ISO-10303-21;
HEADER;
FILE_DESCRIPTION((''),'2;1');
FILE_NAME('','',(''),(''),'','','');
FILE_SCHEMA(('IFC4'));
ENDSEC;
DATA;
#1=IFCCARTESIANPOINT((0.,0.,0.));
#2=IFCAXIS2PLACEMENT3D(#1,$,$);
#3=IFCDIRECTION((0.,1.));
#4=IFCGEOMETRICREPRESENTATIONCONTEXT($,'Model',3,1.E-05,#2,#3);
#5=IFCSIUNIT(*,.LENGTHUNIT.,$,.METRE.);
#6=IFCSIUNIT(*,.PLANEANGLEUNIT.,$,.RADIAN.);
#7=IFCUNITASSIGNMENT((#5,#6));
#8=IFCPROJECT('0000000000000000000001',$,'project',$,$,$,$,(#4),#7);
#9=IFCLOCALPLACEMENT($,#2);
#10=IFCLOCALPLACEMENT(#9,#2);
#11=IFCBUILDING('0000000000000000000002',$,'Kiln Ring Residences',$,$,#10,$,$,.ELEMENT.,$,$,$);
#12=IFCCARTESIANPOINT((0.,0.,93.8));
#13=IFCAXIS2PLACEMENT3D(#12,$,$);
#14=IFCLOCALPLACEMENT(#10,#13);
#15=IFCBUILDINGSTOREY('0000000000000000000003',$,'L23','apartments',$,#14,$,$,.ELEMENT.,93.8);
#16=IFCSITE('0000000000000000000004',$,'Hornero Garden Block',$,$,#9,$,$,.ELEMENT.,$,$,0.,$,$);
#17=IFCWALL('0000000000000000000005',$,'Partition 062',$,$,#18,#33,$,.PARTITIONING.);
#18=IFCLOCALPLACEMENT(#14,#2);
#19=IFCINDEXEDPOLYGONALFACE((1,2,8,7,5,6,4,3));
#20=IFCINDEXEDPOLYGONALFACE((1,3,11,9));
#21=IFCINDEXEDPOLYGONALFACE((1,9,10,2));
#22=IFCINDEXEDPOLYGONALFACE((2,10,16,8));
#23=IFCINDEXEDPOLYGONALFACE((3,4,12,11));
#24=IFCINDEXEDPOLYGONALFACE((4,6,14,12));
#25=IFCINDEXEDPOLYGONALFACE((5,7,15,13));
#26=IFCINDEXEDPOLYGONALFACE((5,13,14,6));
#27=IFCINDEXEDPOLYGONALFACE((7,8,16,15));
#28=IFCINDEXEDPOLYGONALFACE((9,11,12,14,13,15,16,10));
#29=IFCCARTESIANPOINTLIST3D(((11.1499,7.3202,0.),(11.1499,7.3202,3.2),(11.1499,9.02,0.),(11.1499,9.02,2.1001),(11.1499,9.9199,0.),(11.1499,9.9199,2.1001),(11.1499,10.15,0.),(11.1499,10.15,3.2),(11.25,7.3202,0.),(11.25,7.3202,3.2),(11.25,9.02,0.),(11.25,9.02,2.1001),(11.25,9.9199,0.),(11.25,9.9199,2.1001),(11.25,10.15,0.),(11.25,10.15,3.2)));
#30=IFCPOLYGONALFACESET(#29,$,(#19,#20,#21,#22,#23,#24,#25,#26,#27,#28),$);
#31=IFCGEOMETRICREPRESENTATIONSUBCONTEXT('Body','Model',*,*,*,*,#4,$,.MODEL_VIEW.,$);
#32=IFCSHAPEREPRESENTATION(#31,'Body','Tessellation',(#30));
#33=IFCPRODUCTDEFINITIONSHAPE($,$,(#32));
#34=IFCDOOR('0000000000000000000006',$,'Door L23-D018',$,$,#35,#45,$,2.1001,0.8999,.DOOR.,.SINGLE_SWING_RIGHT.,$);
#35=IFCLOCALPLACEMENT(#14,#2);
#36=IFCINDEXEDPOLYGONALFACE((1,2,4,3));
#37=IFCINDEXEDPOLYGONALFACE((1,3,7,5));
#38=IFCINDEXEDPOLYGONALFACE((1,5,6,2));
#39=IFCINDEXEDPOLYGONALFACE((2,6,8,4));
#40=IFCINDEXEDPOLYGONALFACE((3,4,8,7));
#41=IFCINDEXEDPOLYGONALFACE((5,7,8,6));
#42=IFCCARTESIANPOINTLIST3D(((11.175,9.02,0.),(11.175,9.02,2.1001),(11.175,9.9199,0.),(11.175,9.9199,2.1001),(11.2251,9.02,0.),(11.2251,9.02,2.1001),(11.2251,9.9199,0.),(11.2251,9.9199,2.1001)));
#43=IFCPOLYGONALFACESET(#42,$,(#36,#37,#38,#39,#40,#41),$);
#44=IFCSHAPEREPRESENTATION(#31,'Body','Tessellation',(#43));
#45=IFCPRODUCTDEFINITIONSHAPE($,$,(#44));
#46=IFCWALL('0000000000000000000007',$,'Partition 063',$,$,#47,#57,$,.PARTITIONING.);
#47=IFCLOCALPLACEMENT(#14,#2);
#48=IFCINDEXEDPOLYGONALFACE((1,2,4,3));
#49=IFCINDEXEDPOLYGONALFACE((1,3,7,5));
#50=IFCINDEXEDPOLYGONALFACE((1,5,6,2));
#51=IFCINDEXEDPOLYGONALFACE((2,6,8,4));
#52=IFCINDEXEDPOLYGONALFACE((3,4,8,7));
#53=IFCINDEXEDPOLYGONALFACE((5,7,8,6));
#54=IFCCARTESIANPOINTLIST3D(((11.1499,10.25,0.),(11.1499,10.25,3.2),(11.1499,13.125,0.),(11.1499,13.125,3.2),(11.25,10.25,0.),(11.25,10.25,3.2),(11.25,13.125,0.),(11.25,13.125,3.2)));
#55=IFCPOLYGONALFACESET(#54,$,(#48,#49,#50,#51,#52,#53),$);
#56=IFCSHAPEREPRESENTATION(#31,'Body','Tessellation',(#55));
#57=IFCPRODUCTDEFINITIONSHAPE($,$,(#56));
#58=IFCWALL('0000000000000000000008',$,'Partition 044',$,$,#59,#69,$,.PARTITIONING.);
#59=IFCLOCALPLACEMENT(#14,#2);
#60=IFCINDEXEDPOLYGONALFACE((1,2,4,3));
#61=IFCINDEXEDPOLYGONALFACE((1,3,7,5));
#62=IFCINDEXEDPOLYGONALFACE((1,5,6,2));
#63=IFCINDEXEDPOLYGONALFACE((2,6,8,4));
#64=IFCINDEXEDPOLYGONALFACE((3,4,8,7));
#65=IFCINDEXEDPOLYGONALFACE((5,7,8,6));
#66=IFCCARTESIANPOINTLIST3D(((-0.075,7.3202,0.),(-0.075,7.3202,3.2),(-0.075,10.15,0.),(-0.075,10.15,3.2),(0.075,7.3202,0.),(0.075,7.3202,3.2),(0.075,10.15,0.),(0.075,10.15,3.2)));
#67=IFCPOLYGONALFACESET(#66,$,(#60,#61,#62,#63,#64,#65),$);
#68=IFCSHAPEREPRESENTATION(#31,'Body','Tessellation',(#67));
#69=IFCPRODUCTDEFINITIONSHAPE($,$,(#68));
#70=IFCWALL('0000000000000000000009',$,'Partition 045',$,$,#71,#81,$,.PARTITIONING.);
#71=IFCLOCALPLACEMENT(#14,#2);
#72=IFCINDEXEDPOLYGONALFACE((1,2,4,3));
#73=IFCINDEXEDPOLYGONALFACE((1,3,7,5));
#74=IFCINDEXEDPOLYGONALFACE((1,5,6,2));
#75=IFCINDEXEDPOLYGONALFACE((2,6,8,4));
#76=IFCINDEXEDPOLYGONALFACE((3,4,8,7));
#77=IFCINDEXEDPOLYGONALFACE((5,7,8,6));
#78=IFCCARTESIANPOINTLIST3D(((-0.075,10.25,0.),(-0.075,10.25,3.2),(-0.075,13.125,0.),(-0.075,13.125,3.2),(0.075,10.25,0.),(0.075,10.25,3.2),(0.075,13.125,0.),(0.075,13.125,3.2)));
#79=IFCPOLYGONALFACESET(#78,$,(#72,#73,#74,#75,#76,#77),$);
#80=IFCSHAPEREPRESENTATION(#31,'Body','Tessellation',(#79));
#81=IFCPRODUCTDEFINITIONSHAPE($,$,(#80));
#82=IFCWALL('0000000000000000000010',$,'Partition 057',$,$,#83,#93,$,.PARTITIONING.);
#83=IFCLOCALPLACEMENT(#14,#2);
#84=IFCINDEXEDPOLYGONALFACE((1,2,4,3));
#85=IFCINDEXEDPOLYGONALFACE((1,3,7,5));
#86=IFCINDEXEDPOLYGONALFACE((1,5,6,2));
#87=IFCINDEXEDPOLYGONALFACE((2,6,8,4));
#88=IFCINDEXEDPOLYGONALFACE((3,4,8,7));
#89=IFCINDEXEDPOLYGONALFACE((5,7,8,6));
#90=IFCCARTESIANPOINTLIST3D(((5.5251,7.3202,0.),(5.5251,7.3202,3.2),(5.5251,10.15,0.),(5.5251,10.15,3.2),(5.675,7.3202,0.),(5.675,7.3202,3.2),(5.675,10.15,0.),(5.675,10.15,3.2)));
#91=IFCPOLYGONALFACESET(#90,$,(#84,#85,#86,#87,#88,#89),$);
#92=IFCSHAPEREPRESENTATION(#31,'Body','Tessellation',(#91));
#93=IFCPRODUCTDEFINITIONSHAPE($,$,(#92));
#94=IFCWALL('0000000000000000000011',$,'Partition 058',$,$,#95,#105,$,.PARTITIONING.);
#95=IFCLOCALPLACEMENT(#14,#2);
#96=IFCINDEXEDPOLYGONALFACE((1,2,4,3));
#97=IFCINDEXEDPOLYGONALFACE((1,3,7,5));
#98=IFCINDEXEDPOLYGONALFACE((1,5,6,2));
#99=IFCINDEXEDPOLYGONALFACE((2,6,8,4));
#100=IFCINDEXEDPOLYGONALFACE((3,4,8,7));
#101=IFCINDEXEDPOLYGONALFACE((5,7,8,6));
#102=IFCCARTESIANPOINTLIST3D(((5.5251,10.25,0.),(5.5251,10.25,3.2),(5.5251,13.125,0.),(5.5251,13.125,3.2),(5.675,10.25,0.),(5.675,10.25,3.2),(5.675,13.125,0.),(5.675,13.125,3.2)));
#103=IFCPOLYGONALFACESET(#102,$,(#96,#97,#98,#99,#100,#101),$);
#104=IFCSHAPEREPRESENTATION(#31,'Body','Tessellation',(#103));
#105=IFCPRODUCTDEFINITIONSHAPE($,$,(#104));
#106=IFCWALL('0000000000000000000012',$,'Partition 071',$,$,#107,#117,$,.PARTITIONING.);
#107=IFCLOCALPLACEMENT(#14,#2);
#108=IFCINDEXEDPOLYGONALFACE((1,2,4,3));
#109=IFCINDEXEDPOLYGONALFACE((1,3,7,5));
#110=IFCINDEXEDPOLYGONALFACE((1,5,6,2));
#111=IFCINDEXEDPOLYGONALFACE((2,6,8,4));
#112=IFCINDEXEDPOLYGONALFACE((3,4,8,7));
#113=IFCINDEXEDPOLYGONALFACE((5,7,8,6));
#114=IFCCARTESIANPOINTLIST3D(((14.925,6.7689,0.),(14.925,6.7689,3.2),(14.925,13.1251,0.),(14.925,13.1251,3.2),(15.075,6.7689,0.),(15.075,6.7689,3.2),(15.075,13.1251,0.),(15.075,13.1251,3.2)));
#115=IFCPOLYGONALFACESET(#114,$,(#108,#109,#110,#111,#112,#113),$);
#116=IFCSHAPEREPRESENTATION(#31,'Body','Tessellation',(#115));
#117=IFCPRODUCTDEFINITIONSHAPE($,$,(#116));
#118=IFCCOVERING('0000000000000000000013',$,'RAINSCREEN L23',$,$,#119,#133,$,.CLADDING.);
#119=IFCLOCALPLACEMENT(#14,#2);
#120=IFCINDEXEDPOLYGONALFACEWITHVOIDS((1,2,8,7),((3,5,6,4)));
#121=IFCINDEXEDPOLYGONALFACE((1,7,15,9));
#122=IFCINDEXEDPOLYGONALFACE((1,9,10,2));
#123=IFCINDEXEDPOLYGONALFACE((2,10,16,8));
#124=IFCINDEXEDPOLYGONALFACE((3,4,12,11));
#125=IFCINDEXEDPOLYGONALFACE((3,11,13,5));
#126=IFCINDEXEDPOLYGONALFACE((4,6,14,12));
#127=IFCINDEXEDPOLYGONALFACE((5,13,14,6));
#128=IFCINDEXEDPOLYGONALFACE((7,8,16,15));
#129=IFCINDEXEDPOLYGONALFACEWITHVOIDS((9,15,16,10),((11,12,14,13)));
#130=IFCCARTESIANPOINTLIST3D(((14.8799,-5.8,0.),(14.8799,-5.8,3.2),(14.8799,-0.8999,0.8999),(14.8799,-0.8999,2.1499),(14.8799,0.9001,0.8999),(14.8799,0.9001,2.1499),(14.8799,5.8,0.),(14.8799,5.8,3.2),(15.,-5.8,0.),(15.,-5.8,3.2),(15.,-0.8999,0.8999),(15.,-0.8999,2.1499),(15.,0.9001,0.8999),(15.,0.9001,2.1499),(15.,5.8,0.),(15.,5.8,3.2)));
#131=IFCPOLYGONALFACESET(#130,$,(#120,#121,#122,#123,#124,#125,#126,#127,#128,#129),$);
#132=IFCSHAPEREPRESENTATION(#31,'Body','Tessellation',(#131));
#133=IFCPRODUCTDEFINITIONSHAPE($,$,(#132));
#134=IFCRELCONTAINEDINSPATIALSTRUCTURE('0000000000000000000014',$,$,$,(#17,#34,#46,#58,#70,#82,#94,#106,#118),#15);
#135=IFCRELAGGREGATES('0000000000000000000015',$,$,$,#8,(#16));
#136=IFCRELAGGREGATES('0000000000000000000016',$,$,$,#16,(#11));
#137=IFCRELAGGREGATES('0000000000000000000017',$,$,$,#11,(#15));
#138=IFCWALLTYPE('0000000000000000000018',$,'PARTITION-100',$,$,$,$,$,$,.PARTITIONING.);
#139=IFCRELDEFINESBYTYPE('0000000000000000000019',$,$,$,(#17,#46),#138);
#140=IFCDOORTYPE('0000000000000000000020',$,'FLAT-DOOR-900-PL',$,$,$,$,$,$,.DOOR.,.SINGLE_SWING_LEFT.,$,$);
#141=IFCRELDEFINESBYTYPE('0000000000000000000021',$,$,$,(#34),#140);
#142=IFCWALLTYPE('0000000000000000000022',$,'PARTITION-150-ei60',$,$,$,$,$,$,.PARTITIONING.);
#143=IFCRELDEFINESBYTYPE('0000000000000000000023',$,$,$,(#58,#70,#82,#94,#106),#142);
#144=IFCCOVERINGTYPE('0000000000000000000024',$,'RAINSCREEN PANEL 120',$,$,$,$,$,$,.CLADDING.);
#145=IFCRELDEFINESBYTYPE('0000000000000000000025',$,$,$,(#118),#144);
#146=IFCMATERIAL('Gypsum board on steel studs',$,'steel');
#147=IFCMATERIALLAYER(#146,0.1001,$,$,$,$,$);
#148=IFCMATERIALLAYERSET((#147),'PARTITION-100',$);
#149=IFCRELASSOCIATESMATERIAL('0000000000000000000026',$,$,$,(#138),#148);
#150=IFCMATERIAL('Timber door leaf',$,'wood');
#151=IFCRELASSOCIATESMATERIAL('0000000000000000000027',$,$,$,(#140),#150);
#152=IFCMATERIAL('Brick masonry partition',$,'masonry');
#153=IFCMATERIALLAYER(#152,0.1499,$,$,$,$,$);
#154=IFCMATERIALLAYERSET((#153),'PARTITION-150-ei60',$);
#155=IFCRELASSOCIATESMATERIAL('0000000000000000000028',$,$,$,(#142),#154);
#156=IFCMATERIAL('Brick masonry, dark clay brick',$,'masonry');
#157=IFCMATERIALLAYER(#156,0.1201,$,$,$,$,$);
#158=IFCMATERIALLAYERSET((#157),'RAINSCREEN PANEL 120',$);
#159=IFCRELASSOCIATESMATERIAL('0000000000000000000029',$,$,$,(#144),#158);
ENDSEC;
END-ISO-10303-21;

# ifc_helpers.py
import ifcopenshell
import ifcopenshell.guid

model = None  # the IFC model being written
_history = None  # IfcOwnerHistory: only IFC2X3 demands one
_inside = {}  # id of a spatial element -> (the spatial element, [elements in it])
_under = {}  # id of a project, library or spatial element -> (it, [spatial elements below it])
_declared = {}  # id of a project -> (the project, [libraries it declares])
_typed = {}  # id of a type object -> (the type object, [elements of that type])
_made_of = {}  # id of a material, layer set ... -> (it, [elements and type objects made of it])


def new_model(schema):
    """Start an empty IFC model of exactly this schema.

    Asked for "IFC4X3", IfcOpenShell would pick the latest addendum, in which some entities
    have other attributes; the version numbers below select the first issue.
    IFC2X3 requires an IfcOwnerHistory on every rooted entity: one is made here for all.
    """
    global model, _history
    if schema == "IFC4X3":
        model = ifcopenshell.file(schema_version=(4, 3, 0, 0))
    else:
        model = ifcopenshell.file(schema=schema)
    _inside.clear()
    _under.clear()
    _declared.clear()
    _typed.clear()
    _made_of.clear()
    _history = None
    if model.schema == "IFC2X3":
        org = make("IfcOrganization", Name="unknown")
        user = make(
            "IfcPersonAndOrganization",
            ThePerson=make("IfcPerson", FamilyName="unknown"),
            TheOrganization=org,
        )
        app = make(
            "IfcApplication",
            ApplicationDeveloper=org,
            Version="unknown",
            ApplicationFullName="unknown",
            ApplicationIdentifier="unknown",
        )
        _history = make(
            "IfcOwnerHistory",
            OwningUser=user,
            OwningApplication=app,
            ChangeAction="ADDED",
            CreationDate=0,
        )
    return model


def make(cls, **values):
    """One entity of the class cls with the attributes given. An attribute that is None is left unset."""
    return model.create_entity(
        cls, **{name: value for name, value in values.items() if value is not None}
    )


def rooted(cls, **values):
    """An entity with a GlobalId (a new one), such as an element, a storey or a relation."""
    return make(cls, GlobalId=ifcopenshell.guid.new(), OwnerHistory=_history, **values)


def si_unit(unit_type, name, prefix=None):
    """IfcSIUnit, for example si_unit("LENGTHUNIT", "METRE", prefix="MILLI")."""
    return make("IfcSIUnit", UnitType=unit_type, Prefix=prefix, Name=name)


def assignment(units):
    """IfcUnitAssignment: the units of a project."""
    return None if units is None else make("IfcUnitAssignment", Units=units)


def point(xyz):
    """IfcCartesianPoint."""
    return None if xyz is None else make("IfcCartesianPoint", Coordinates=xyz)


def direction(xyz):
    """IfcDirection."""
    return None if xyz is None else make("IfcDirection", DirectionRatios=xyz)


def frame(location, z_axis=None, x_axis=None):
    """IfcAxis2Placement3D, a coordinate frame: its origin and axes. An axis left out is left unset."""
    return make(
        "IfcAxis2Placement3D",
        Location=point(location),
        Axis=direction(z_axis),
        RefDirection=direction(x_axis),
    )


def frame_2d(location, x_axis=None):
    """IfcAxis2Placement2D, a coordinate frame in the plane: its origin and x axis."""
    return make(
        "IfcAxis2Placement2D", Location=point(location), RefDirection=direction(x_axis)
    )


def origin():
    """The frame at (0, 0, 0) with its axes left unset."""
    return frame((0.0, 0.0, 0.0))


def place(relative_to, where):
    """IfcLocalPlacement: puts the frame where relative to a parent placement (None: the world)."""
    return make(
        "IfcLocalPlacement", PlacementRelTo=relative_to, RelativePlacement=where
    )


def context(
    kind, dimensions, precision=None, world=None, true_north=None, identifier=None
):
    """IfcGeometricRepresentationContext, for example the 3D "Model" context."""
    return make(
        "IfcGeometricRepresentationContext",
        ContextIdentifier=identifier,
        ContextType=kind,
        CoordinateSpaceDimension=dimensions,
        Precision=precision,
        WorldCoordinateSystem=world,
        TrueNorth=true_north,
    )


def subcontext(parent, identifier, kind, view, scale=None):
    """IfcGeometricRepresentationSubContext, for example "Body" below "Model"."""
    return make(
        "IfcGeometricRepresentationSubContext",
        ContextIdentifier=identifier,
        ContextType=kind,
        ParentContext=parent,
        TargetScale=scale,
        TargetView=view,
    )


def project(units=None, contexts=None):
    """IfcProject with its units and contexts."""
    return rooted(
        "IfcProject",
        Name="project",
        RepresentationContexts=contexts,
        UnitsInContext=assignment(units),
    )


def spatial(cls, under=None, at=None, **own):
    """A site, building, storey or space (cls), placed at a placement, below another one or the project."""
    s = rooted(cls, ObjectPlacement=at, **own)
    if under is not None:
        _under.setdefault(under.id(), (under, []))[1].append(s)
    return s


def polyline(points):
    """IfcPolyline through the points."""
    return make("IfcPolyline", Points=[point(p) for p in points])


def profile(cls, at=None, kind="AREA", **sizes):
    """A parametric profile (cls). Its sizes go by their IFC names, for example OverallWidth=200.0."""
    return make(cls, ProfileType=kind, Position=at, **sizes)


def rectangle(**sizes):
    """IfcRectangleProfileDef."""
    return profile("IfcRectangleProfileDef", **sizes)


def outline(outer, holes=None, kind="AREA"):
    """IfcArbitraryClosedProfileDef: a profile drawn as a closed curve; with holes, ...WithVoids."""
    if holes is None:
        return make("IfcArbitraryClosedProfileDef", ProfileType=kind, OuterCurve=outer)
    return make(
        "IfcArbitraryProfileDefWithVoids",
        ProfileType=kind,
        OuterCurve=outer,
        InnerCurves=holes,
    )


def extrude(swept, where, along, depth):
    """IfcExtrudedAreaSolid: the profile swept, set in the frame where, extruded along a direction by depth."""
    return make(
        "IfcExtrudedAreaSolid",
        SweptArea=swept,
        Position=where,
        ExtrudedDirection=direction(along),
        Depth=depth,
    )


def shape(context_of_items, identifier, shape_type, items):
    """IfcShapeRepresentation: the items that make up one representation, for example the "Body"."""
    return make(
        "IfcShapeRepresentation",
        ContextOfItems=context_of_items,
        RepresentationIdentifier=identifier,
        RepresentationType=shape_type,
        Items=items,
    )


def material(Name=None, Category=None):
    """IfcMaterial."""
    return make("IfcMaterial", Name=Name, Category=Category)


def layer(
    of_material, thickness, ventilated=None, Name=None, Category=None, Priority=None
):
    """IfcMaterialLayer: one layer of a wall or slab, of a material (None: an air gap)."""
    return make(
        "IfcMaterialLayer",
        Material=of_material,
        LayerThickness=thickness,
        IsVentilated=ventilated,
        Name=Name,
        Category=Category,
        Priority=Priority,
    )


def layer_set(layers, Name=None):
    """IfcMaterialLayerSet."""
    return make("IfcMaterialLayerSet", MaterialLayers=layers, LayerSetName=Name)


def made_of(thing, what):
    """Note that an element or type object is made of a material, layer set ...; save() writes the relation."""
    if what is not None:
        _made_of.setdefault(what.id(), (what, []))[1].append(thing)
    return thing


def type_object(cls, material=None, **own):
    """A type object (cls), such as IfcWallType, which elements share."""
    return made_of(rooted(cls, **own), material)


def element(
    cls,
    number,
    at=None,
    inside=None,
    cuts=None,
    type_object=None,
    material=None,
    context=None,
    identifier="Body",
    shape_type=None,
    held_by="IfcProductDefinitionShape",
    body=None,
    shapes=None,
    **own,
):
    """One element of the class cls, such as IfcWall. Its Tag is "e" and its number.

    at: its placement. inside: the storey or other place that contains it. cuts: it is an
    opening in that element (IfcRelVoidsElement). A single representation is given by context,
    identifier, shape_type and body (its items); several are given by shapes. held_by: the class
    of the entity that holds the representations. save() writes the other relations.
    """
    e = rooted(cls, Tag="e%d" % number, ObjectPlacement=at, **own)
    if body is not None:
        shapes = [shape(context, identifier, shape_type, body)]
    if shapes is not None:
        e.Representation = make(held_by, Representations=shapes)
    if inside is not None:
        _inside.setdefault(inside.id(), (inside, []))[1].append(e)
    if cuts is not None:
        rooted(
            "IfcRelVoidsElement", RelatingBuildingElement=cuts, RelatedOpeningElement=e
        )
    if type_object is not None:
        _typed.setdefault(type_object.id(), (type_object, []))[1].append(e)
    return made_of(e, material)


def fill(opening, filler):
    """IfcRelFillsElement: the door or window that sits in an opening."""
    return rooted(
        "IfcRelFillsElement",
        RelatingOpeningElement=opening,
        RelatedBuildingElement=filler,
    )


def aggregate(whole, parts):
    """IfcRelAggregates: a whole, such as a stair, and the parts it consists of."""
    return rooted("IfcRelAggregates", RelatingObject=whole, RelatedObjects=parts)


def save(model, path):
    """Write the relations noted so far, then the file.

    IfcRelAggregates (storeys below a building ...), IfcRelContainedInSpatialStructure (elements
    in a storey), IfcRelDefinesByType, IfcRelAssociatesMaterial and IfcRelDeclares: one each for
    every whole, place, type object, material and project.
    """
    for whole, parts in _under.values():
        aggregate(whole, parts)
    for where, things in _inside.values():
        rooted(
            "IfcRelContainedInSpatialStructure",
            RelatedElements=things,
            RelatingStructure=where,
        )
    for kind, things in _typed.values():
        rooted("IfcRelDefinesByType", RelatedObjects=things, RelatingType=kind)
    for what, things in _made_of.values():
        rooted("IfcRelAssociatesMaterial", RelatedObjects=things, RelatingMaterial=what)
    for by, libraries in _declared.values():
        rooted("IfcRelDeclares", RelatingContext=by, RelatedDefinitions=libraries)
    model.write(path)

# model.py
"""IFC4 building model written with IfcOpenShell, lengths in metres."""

from ifc_helpers import new_model, si_unit, direction, frame, frame_2d, origin, place, context, subcontext, project, spatial, polyline, rectangle, outline, extrude, material, layer, layer_set, type_object, element, fill, save


model = new_model("IFC4")

# Units and contexts
model_context = context("Model", 3, precision=1e-05, world=origin(), true_north=direction((0.0, 1.0)))
body_context = subcontext(model_context, "Body", "Model", "MODEL_VIEW")
ifc_project = project(units=[si_unit("LENGTHUNIT", "METRE"), si_unit("PLANEANGLEUNIT", "RADIAN")], contexts=[model_context])

# Site, building, storey
site_placement = place(None, origin())
site = spatial("IfcSite", under=ifc_project, at=site_placement, Name="Hornero Garden Block", CompositionType="ELEMENT", RefElevation=0.0)
building_placement = place(site_placement, origin())
building = spatial("IfcBuilding", under=site, at=building_placement, Name="Kiln Ring Residences", CompositionType="ELEMENT")
storey_placement = place(building_placement, frame((0.0, 0.0, 93.8)))
storey = spatial("IfcBuildingStorey", under=building, at=storey_placement, Name="L23", Description="apartments", CompositionType="ELEMENT", Elevation=93.8)

# Shared definitions
ifc_material_1 = material(Name="Gypsum board on steel studs", Category="steel")
ifc_layer_1 = layer(ifc_material_1, 0.1001)
ifc_layer_set_1 = layer_set([ifc_layer_1], Name="PARTITION-100")
wall_type_1 = type_object("IfcWallType", Name="PARTITION-100", PredefinedType="PARTITIONING", material=ifc_layer_set_1)

# Wall, opening, door
wall_1_placement = place(storey_placement, frame((11.2, 7.3201, 0.0), z_axis=(0.0, 0.0, 1.0), x_axis=(0.0, 1.0, 0.0)))
wall_1 = element("IfcWall", 1, at=wall_1_placement, inside=storey, type_object=wall_type_1, Name="Partition 062", PredefinedType="PARTITIONING", context=body_context, shape_type="SweptSolid", body=[
    extrude(rectangle(XDim=2.8298, YDim=0.1001, at=frame_2d((1.415, 0.0))), origin(), (0.0, 0.0, 1.0), 3.2),
])
opening_placement = place(wall_1_placement, frame((1.7, 0.0, 0.0)))
opening = element("IfcOpeningElement", 2, at=opening_placement, cuts=wall_1, PredefinedType="OPENING", context=body_context, shape_type="SweptSolid", body=[
    extrude(rectangle(XDim=0.8999, YDim=2.1001, at=frame_2d((0.45, 1.05))), frame((0.0, 0.0601, 0.0), z_axis=(0.0, -1.0, 0.0), x_axis=(1.0, 0.0, 0.0)), (0.0, 0.0, 1.0), 0.1201),
])
ifc_material_2 = material(Name="Timber door leaf", Category="wood")
door_type = type_object("IfcDoorType", Name="FLAT-DOOR-900-PL", OperationType="SINGLE_SWING_LEFT", PredefinedType="DOOR", material=ifc_material_2)
door_placement = place(opening_placement, origin())
door = element("IfcDoor", 3, at=door_placement, inside=storey, type_object=door_type, Name="Door L23-D018", OperationType="SINGLE_SWING_RIGHT", OverallHeight=2.1001, OverallWidth=0.8999, PredefinedType="DOOR", context=body_context, shape_type="SweptSolid", body=[
    extrude(rectangle(XDim=0.8999, YDim=2.1001, at=frame_2d((0.45, 1.05))), frame((0.0, 0.0249, 0.0), z_axis=(0.0, -1.0, 0.0), x_axis=(1.0, 0.0, 0.0)), (0.0, 0.0, 1.0), 0.05),
])
fill(opening, door)

# Walls
wall_2_placement = place(storey_placement, frame((11.2, 10.25, 0.0), z_axis=(0.0, 0.0, 1.0), x_axis=(0.0, 1.0, 0.0)))
element("IfcWall", 4, at=wall_2_placement, inside=storey, type_object=wall_type_1, Name="Partition 063", PredefinedType="PARTITIONING", context=body_context, shape_type="SweptSolid", body=[
    extrude(rectangle(XDim=2.875, YDim=0.1001, at=frame_2d((1.4375, 0.0))), origin(), (0.0, 0.0, 1.0), 3.2),
])
ifc_material_3 = material(Name="Brick masonry partition", Category="masonry")
ifc_layer_2 = layer(ifc_material_3, 0.1499)
ifc_layer_set_2 = layer_set([ifc_layer_2], Name="PARTITION-150-ei60")
wall_type_2 = type_object("IfcWallType", Name="PARTITION-150-ei60", PredefinedType="PARTITIONING", material=ifc_layer_set_2)
wall_3_placement = place(storey_placement, frame((0.0, 7.3201, 0.0), z_axis=(0.0, 0.0, 1.0), x_axis=(0.0, 1.0, 0.0)))
element("IfcWall", 5, at=wall_3_placement, inside=storey, type_object=wall_type_2, Name="Partition 044", PredefinedType="PARTITIONING", context=body_context, shape_type="SweptSolid", body=[
    extrude(rectangle(XDim=2.8298, YDim=0.1499, at=frame_2d((1.415, 0.0))), origin(), (0.0, 0.0, 1.0), 3.2),
])
wall_4_placement = place(storey_placement, frame((0.0, 10.25, 0.0), z_axis=(0.0, 0.0, 1.0), x_axis=(0.0, 1.0, 0.0)))
element("IfcWall", 6, at=wall_4_placement, inside=storey, type_object=wall_type_2, Name="Partition 045", PredefinedType="PARTITIONING", context=body_context, shape_type="SweptSolid", body=[
    extrude(rectangle(XDim=2.875, YDim=0.1499, at=frame_2d((1.4375, 0.0))), origin(), (0.0, 0.0, 1.0), 3.2),
])
wall_5_placement = place(storey_placement, frame((5.6001, 7.3201, 0.0), z_axis=(0.0, 0.0, 1.0), x_axis=(0.0, 1.0, 0.0)))
element("IfcWall", 7, at=wall_5_placement, inside=storey, type_object=wall_type_2, Name="Partition 057", PredefinedType="PARTITIONING", context=body_context, shape_type="SweptSolid", body=[
    extrude(rectangle(XDim=2.8298, YDim=0.1499, at=frame_2d((1.415, 0.0))), origin(), (0.0, 0.0, 1.0), 3.2),
])
wall_6_placement = place(storey_placement, frame((5.6001, 10.25, 0.0), z_axis=(0.0, 0.0, 1.0), x_axis=(0.0, 1.0, 0.0)))
element("IfcWall", 8, at=wall_6_placement, inside=storey, type_object=wall_type_2, Name="Partition 058", PredefinedType="PARTITIONING", context=body_context, shape_type="SweptSolid", body=[
    extrude(rectangle(XDim=2.875, YDim=0.1499, at=frame_2d((1.4375, 0.0))), origin(), (0.0, 0.0, 1.0), 3.2),
])
wall_7_placement = place(storey_placement, frame((15.0, 6.7688, 0.0), z_axis=(0.0, 0.0, 1.0), x_axis=(0.0, 1.0, 0.0)))
element("IfcWall", 9, at=wall_7_placement, inside=storey, type_object=wall_type_2, Name="Partition 071", PredefinedType="PARTITIONING", context=body_context, shape_type="SweptSolid", body=[
    extrude(rectangle(XDim=6.3562, YDim=0.1499, at=frame_2d((3.1782, 0.0))), origin(), (0.0, 0.0, 1.0), 3.2),
])

# Covering
ifc_material_4 = material(Name="Brick masonry, dark clay brick", Category="masonry")
ifc_layer_3 = layer(ifc_material_4, 0.1201)
ifc_layer_set_3 = layer_set([ifc_layer_3], Name="RAINSCREEN PANEL 120")
covering_type = type_object("IfcCoveringType", Name="RAINSCREEN PANEL 120", PredefinedType="CLADDING", material=ifc_layer_set_3)
covering_placement = place(storey_placement, frame((14.9399, 5.8, 0.0), z_axis=(0.0, 0.0, 1.0), x_axis=(0.0, -1.0, 0.0)))
element("IfcCovering", 10, at=covering_placement, inside=storey, type_object=covering_type, Name="RAINSCREEN L23", PredefinedType="CLADDING", context=body_context, shape_type="SweptSolid", body=[
    extrude(outline(polyline([(0.0, 0.0), (11.6001, 0.0), (11.6001, 3.2), (0.0, 3.2), (0.0, 0.0)]), holes=[polyline([(4.8999, 2.1499), (4.8999, 0.8999), (6.7, 0.8999), (6.7, 2.1499), (4.8999, 2.1499)])]), frame((0.0, 0.0601, 0.0), z_axis=(0.0, -1.0, 0.0), x_axis=(1.0, 0.0, 0.0)), (0.0, 0.0, 1.0), 0.1201),
])

save(model, "model.ifc")
